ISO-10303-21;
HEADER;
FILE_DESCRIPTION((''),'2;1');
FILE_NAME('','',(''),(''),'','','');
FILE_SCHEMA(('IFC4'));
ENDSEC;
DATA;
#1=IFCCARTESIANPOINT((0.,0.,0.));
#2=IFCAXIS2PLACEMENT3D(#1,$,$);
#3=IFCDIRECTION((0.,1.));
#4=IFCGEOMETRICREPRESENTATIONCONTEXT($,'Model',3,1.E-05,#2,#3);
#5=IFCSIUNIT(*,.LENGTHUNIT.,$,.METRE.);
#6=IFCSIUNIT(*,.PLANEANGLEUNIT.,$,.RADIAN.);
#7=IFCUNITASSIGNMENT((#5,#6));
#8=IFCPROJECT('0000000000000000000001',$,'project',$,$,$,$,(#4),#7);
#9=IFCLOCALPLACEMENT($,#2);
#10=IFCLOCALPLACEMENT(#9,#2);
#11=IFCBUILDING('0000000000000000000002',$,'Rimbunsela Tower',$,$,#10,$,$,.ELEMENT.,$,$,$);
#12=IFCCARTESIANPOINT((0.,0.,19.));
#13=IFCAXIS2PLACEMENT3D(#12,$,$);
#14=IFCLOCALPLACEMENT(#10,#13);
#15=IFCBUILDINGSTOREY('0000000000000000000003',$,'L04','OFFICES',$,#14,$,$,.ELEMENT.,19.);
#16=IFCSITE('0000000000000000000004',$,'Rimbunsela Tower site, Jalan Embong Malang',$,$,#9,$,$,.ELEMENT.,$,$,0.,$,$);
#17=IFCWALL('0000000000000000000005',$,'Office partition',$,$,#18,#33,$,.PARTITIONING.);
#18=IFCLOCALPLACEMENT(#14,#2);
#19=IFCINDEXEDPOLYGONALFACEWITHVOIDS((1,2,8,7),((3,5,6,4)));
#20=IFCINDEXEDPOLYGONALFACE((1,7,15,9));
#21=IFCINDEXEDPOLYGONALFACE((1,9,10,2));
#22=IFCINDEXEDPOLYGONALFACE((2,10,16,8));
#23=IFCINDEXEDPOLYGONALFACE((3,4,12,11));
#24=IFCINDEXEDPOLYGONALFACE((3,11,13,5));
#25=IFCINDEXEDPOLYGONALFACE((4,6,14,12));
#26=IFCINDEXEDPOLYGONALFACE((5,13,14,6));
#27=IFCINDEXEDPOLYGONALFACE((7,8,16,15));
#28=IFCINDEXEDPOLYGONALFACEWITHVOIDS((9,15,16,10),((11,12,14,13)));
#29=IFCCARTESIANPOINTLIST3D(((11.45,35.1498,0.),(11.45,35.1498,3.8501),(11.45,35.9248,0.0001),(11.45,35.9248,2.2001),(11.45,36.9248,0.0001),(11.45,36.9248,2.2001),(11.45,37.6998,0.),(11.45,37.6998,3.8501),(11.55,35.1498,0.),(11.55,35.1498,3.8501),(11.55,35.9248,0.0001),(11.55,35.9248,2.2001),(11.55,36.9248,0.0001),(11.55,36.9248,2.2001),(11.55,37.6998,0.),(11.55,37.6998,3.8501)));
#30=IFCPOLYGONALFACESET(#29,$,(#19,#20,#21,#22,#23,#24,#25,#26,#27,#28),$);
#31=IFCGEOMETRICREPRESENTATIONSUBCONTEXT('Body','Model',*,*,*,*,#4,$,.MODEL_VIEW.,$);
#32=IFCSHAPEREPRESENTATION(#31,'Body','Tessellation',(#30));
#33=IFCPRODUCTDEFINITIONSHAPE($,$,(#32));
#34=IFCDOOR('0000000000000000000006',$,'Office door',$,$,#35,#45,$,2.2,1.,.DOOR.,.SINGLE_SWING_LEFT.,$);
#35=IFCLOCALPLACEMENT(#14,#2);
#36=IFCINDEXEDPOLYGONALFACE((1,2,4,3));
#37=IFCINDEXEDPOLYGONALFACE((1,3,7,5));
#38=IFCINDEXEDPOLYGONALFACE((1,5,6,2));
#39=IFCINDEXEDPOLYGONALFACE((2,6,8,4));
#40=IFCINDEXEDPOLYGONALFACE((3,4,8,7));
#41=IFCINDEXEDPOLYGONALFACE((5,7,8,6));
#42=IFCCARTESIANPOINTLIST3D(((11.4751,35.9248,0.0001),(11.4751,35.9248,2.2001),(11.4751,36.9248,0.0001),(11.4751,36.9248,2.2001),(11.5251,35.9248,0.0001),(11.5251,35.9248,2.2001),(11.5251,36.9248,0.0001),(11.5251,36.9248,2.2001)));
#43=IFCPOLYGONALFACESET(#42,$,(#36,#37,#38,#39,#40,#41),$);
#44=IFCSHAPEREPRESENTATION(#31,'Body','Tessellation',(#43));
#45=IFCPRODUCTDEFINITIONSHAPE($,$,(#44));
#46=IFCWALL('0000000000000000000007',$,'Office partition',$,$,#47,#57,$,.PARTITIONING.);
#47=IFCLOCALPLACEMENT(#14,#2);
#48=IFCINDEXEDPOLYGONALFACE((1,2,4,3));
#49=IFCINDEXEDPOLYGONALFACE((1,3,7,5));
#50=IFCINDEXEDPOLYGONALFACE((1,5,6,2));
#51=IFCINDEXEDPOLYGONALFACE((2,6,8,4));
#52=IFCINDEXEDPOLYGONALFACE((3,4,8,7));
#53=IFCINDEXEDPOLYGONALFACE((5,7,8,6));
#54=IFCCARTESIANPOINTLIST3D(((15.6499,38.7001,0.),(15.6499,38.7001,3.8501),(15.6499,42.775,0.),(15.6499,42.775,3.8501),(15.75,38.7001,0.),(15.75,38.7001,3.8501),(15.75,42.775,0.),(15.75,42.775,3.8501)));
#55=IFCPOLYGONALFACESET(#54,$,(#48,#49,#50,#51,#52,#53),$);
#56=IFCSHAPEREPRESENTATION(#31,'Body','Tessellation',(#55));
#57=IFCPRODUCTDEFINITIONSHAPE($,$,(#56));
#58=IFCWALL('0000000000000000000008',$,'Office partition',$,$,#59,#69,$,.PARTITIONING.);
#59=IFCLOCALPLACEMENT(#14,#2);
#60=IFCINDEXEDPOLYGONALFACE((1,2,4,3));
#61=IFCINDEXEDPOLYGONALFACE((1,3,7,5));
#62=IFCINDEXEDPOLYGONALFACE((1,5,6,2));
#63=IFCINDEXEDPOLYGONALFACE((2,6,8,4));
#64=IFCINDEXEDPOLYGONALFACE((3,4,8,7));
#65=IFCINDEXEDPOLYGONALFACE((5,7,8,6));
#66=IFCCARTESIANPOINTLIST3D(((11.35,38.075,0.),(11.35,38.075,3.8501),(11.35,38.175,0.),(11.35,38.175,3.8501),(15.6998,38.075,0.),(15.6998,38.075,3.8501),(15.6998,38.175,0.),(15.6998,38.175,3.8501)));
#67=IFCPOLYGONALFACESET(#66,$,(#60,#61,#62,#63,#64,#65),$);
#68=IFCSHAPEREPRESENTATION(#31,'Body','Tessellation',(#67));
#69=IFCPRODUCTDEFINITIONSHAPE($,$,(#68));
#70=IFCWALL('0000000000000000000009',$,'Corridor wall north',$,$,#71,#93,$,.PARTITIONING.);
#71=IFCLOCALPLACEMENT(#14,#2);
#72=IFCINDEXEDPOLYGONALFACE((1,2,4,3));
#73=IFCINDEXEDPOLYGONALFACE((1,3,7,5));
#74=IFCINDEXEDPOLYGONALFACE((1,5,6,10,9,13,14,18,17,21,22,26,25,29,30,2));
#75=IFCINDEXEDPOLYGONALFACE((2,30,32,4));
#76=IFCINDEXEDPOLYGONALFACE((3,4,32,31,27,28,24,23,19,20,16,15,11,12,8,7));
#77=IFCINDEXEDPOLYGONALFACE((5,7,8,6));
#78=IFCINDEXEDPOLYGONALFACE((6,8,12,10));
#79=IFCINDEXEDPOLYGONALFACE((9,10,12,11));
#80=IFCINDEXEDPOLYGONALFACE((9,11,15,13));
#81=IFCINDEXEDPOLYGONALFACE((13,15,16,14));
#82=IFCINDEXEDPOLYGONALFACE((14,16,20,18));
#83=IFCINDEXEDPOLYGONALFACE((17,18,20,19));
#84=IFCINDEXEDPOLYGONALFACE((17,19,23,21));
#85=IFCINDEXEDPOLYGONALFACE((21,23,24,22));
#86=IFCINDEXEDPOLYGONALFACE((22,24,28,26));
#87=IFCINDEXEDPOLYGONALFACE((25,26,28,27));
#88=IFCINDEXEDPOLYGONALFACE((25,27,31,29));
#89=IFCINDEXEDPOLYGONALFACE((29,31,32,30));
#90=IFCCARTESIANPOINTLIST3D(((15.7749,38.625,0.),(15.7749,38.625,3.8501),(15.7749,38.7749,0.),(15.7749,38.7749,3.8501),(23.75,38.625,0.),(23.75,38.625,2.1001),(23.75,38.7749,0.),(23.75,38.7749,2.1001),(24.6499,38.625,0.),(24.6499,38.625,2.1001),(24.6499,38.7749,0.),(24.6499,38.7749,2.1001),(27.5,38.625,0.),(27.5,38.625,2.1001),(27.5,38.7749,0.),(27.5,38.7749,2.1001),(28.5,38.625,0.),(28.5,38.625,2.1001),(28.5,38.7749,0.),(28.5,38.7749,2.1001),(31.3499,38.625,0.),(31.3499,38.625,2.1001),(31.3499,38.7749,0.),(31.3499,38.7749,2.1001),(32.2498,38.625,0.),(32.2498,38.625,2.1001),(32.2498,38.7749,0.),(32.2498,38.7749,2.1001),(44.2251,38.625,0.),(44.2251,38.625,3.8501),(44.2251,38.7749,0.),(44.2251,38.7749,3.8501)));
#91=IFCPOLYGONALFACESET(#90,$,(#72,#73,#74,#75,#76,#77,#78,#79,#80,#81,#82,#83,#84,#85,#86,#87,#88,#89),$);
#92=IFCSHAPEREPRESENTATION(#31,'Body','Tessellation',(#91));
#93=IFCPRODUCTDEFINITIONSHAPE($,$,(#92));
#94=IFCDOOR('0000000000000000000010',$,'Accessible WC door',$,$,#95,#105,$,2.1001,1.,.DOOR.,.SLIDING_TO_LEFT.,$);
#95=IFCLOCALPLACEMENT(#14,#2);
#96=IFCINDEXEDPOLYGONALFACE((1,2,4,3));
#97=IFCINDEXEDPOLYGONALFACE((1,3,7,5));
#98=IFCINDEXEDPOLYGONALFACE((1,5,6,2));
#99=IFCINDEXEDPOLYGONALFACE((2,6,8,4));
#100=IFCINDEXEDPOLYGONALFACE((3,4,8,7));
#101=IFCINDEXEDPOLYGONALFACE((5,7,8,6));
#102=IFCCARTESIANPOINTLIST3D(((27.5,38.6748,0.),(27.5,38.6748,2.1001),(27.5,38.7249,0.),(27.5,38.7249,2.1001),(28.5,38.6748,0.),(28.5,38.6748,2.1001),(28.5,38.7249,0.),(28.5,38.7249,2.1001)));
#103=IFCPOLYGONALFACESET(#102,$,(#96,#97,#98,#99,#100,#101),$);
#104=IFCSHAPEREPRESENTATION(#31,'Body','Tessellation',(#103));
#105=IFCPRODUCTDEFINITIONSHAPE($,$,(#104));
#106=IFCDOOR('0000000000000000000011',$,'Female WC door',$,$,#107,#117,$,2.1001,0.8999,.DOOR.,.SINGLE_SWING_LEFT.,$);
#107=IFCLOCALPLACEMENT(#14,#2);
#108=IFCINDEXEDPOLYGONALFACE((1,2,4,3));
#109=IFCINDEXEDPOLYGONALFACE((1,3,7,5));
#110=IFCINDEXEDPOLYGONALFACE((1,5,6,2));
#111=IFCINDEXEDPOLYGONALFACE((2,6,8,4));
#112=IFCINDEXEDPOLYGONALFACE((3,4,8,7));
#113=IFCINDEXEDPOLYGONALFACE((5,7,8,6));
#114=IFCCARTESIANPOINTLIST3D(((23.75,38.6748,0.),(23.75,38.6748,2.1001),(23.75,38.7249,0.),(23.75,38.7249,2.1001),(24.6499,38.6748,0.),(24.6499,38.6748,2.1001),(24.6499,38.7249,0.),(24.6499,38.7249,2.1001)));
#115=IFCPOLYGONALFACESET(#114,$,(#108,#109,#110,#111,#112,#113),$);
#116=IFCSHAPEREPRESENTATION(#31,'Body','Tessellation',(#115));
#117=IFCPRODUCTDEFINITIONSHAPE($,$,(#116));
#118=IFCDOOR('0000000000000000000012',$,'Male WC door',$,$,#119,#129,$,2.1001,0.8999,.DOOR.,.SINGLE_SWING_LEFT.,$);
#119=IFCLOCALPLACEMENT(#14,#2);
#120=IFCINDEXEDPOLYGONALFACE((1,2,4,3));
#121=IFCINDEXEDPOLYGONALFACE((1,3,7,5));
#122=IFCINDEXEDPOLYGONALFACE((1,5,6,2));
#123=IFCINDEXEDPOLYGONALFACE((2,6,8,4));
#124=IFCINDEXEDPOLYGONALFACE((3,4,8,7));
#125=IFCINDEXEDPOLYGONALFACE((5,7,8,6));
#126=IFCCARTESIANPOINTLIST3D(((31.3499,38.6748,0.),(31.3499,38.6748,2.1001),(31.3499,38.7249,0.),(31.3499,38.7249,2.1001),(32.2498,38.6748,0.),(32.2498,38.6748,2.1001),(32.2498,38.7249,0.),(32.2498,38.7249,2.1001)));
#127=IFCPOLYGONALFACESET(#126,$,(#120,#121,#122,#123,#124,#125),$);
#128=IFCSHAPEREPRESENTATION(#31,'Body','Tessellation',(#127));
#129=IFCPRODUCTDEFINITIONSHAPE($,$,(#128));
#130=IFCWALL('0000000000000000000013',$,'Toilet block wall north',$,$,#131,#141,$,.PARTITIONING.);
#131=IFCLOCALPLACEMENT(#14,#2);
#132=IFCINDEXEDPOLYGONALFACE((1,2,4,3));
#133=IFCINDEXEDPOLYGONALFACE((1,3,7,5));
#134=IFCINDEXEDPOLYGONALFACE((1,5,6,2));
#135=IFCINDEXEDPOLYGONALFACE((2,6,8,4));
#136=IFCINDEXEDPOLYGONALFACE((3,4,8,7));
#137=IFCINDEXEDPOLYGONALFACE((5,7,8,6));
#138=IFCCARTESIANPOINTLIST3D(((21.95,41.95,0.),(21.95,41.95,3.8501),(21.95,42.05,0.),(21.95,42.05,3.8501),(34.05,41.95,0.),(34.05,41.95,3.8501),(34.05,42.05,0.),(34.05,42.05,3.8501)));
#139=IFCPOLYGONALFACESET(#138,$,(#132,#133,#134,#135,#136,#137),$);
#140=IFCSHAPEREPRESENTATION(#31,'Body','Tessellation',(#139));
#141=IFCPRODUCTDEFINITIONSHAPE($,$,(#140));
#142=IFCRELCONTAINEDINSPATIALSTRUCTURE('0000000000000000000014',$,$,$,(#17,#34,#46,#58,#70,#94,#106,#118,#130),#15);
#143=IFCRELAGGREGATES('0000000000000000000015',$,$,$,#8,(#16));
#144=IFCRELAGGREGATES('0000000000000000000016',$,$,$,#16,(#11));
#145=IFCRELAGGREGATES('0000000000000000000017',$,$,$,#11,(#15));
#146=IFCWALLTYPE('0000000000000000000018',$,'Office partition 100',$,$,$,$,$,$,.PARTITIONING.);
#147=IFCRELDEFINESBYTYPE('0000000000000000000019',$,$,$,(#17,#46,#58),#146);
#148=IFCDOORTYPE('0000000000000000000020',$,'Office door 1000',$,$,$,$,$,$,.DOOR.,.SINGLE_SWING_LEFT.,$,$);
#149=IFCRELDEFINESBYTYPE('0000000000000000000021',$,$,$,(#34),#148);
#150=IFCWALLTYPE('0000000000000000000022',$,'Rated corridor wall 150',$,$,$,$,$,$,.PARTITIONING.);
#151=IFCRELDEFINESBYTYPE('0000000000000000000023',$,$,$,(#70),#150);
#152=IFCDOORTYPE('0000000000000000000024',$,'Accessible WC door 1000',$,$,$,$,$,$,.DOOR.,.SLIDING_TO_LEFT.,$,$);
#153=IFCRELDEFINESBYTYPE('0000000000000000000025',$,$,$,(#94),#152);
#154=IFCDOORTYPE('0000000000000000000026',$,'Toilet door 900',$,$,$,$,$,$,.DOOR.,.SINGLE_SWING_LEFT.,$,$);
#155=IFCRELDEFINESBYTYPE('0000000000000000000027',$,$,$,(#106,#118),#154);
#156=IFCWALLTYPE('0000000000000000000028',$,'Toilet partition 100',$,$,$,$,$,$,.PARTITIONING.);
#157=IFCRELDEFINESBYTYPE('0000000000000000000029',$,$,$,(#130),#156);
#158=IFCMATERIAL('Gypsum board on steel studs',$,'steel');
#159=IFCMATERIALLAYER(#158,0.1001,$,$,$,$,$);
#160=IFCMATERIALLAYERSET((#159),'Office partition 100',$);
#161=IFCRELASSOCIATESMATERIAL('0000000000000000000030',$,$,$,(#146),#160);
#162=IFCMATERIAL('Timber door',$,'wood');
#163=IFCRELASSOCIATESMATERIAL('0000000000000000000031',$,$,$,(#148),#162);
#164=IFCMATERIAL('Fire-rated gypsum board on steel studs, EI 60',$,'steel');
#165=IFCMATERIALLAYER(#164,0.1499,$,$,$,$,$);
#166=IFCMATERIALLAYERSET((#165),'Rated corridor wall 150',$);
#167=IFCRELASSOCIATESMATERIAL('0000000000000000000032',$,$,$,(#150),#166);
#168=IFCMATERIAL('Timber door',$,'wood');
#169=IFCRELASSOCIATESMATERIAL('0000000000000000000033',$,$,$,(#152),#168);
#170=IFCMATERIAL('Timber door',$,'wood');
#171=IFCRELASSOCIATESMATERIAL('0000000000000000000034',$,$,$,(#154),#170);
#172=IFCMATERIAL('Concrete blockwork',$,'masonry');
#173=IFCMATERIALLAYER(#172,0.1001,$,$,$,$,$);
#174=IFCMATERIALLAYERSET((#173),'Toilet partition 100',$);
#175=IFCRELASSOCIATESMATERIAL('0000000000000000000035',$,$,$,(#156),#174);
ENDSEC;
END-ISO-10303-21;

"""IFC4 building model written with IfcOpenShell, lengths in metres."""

from ifc_helpers import new_model, si_unit, direction, frame, frame_2d, origin, place, context, subcontext, project, spatial, rectangle, extrude, material, layer, layer_set, type_object, element, fill, save


model = new_model("IFC4")

# Units and contexts
model_context = context("Model", 3, precision=1e-05, world=origin(), true_north=direction((0.0, 1.0)))
body_context = subcontext(model_context, "Body", "Model", "MODEL_VIEW")
ifc_project = project(units=[si_unit("LENGTHUNIT", "METRE"), si_unit("PLANEANGLEUNIT", "RADIAN")], contexts=[model_context])

# Site, building, storey
site_placement = place(None, origin())
site = spatial("IfcSite", under=ifc_project, at=site_placement, Name="Rimbunsela Tower site, Jalan Embong Malang", CompositionType="ELEMENT", RefElevation=0.0)
building_placement = place(site_placement, origin())
building = spatial("IfcBuilding", under=site, at=building_placement, Name="Rimbunsela Tower", CompositionType="ELEMENT")
storey_placement = place(building_placement, frame((0.0, 0.0, 19.0)))
storey = spatial("IfcBuildingStorey", under=building, at=storey_placement, Name="L04", Description="OFFICES", CompositionType="ELEMENT", Elevation=19.0)

# Shared definitions
ifc_material_1 = material(Name="Gypsum board on steel studs", Category="steel")
ifc_layer_1 = layer(ifc_material_1, 0.1001)
ifc_layer_set_1 = layer_set([ifc_layer_1], Name="Office partition 100")
wall_type_1 = type_object("IfcWallType", Name="Office partition 100", PredefinedType="PARTITIONING", material=ifc_layer_set_1)

# Wall, opening, door
wall_1_placement = place(storey_placement, frame((11.5, 35.1499, 0.0), z_axis=(0.0, 0.0, 1.0), x_axis=(0.0, 1.0, 0.0)))
wall_1 = element("IfcWall", 1, at=wall_1_placement, inside=storey, type_object=wall_type_1, Name="Office partition", PredefinedType="PARTITIONING", context=body_context, shape_type="SweptSolid", body=[
    extrude(rectangle(XDim=2.55, YDim=0.1001, at=frame_2d((1.2749, 0.0))), origin(), (0.0, 0.0, 1.0), 3.8501),
])
opening_1_placement = place(wall_1_placement, frame((0.7749, 0.0, 0.0)))
opening_1 = element("IfcOpeningElement", 2, at=opening_1_placement, cuts=wall_1, PredefinedType="OPENING", context=body_context, shape_type="SweptSolid", body=[
    extrude(rectangle(XDim=1.0, YDim=2.2, at=frame_2d((0.5, 1.1001))), frame((0.0, 0.0601, 0.0), z_axis=(0.0, -1.0, 0.0), x_axis=(1.0, 0.0, 0.0)), (0.0, 0.0, 1.0), 0.1201),
])
ifc_material_2 = material(Name="Timber door", Category="wood")
door_type_1 = type_object("IfcDoorType", Name="Office door 1000", OperationType="SINGLE_SWING_LEFT", PredefinedType="DOOR", material=ifc_material_2)
door_1_placement = place(opening_1_placement, origin())
door_1 = element("IfcDoor", 3, at=door_1_placement, inside=storey, type_object=door_type_1, Name="Office door", OperationType="SINGLE_SWING_LEFT", OverallHeight=2.2, OverallWidth=1.0, PredefinedType="DOOR", context=body_context, shape_type="SweptSolid", body=[
    extrude(rectangle(XDim=1.0, YDim=2.2, at=frame_2d((0.5, 1.1001))), frame((0.0, 0.0249, 0.0), z_axis=(0.0, -1.0, 0.0), x_axis=(1.0, 0.0, 0.0)), (0.0, 0.0, 1.0), 0.05),
])
fill(opening_1, door_1)

# Walls
wall_2_placement = place(storey_placement, frame((15.7, 38.7, 0.0), z_axis=(0.0, 0.0, 1.0), x_axis=(0.0, 1.0, 0.0)))
element("IfcWall", 4, at=wall_2_placement, inside=storey, type_object=wall_type_1, Name="Office partition", PredefinedType="PARTITIONING", context=body_context, shape_type="SweptSolid", body=[
    extrude(rectangle(XDim=4.075, YDim=0.1001, at=frame_2d((2.0376, 0.0))), origin(), (0.0, 0.0, 1.0), 3.8501),
])
wall_3_placement = place(storey_placement, frame((11.3501, 38.125, 0.0), z_axis=(0.0, 0.0, 1.0), x_axis=(1.0, 0.0, 0.0)))
element("IfcWall", 5, at=wall_3_placement, inside=storey, type_object=wall_type_1, Name="Office partition", PredefinedType="PARTITIONING", context=body_context, shape_type="SweptSolid", body=[
    extrude(rectangle(XDim=4.3499, YDim=0.1001, at=frame_2d((2.1748, 0.0))), origin(), (0.0, 0.0, 1.0), 3.8501),
])

# Wall, openings, doors
ifc_material_3 = material(Name="Fire-rated gypsum board on steel studs, EI 60", Category="steel")
ifc_layer_2 = layer(ifc_material_3, 0.1499)
ifc_layer_set_2 = layer_set([ifc_layer_2], Name="Rated corridor wall 150")
wall_type_2 = type_object("IfcWallType", Name="Rated corridor wall 150", PredefinedType="PARTITIONING", material=ifc_layer_set_2)
wall_4_placement = place(storey_placement, frame((15.7749, 38.7, 0.0), z_axis=(0.0, 0.0, 1.0), x_axis=(1.0, 0.0, 0.0)))
wall_4 = element("IfcWall", 6, at=wall_4_placement, inside=storey, type_object=wall_type_2, Name="Corridor wall north", PredefinedType="PARTITIONING", context=body_context, shape_type="SweptSolid", body=[
    extrude(rectangle(XDim=28.4502, YDim=0.1499, at=frame_2d((14.2251, 0.0))), origin(), (0.0, 0.0, 1.0), 3.8501),
])
opening_2_placement = place(wall_4_placement, frame((7.9751, 0.0, 0.0)))
opening_2 = element("IfcOpeningElement", 7, at=opening_2_placement, cuts=wall_4, PredefinedType="OPENING", context=body_context, shape_type="SweptSolid", body=[
    extrude(rectangle(XDim=0.8999, YDim=2.1001, at=frame_2d((0.45, 1.05))), frame((0.0, 0.085, 0.0), z_axis=(0.0, -1.0, 0.0), x_axis=(1.0, 0.0, 0.0)), (0.0, 0.0, 1.0), 0.1699),
])
opening_3_placement = place(wall_4_placement, frame((11.7251, 0.0, 0.0)))
opening_3 = element("IfcOpeningElement", 8, at=opening_3_placement, cuts=wall_4, PredefinedType="OPENING", context=body_context, shape_type="SweptSolid", body=[
    extrude(rectangle(XDim=1.0, YDim=2.1001, at=frame_2d((0.5, 1.05))), frame((0.0, 0.085, 0.0), z_axis=(0.0, -1.0, 0.0), x_axis=(1.0, 0.0, 0.0)), (0.0, 0.0, 1.0), 0.1699),
])
opening_4_placement = place(wall_4_placement, frame((15.575, 0.0, 0.0)))
opening_4 = element("IfcOpeningElement", 9, at=opening_4_placement, cuts=wall_4, PredefinedType="OPENING", context=body_context, shape_type="SweptSolid", body=[
    extrude(rectangle(XDim=0.8999, YDim=2.1001, at=frame_2d((0.45, 1.05))), frame((0.0, 0.085, 0.0), z_axis=(0.0, -1.0, 0.0), x_axis=(1.0, 0.0, 0.0)), (0.0, 0.0, 1.0), 0.1699),
])
ifc_material_4 = material(Name="Timber door", Category="wood")
door_type_2 = type_object("IfcDoorType", Name="Accessible WC door 1000", OperationType="SLIDING_TO_LEFT", PredefinedType="DOOR", material=ifc_material_4)
door_2_placement = place(opening_3_placement, origin())
door_2 = element("IfcDoor", 10, at=door_2_placement, inside=storey, type_object=door_type_2, Name="Accessible WC door", OperationType="SLIDING_TO_LEFT", OverallHeight=2.1001, OverallWidth=1.0, PredefinedType="DOOR", context=body_context, shape_type="SweptSolid", body=[
    extrude(rectangle(XDim=1.0, YDim=2.1001, at=frame_2d((0.5, 1.05))), frame((0.0, 0.0249, 0.0), z_axis=(0.0, -1.0, 0.0), x_axis=(1.0, 0.0, 0.0)), (0.0, 0.0, 1.0), 0.05),
])
fill(opening_3, door_2)
ifc_material_5 = material(Name="Timber door", Category="wood")
door_type_3 = type_object("IfcDoorType", Name="Toilet door 900", OperationType="SINGLE_SWING_LEFT", PredefinedType="DOOR", material=ifc_material_5)
door_3_placement = place(opening_2_placement, origin())
door_3 = element("IfcDoor", 11, at=door_3_placement, inside=storey, type_object=door_type_3, Name="Female WC door", OperationType="SINGLE_SWING_LEFT", OverallHeight=2.1001, OverallWidth=0.8999, PredefinedType="DOOR", context=body_context, shape_type="SweptSolid", body=[
    extrude(rectangle(XDim=0.8999, YDim=2.1001, at=frame_2d((0.45, 1.05))), frame((0.0, 0.0249, 0.0), z_axis=(0.0, -1.0, 0.0), x_axis=(1.0, 0.0, 0.0)), (0.0, 0.0, 1.0), 0.05),
])
fill(opening_2, door_3)
door_4_placement = place(opening_4_placement, origin())
door_4 = element("IfcDoor", 12, at=door_4_placement, inside=storey, type_object=door_type_3, Name="Male WC door", OperationType="SINGLE_SWING_LEFT", OverallHeight=2.1001, OverallWidth=0.8999, PredefinedType="DOOR", context=body_context, shape_type="SweptSolid", body=[
    extrude(rectangle(XDim=0.8999, YDim=2.1001, at=frame_2d((0.45, 1.05))), frame((0.0, 0.0249, 0.0), z_axis=(0.0, -1.0, 0.0), x_axis=(1.0, 0.0, 0.0)), (0.0, 0.0, 1.0), 0.05),
])
fill(opening_4, door_4)

# Wall
ifc_material_6 = material(Name="Concrete blockwork", Category="masonry")
ifc_layer_3 = layer(ifc_material_6, 0.1001)
ifc_layer_set_3 = layer_set([ifc_layer_3], Name="Toilet partition 100")
wall_type_3 = type_object("IfcWallType", Name="Toilet partition 100", PredefinedType="PARTITIONING", material=ifc_layer_set_3)
wall_5_placement = place(storey_placement, frame((21.95, 42.0, 0.0), z_axis=(0.0, 0.0, 1.0), x_axis=(1.0, 0.0, 0.0)))
element("IfcWall", 13, at=wall_5_placement, inside=storey, type_object=wall_type_3, Name="Toilet block wall north", PredefinedType="PARTITIONING", context=body_context, shape_type="SweptSolid", body=[
    extrude(rectangle(XDim=12.1001, YDim=0.1001, at=frame_2d((6.05, 0.0))), origin(), (0.0, 0.0, 1.0), 3.8501),
])

save(model, "model.ifc")
